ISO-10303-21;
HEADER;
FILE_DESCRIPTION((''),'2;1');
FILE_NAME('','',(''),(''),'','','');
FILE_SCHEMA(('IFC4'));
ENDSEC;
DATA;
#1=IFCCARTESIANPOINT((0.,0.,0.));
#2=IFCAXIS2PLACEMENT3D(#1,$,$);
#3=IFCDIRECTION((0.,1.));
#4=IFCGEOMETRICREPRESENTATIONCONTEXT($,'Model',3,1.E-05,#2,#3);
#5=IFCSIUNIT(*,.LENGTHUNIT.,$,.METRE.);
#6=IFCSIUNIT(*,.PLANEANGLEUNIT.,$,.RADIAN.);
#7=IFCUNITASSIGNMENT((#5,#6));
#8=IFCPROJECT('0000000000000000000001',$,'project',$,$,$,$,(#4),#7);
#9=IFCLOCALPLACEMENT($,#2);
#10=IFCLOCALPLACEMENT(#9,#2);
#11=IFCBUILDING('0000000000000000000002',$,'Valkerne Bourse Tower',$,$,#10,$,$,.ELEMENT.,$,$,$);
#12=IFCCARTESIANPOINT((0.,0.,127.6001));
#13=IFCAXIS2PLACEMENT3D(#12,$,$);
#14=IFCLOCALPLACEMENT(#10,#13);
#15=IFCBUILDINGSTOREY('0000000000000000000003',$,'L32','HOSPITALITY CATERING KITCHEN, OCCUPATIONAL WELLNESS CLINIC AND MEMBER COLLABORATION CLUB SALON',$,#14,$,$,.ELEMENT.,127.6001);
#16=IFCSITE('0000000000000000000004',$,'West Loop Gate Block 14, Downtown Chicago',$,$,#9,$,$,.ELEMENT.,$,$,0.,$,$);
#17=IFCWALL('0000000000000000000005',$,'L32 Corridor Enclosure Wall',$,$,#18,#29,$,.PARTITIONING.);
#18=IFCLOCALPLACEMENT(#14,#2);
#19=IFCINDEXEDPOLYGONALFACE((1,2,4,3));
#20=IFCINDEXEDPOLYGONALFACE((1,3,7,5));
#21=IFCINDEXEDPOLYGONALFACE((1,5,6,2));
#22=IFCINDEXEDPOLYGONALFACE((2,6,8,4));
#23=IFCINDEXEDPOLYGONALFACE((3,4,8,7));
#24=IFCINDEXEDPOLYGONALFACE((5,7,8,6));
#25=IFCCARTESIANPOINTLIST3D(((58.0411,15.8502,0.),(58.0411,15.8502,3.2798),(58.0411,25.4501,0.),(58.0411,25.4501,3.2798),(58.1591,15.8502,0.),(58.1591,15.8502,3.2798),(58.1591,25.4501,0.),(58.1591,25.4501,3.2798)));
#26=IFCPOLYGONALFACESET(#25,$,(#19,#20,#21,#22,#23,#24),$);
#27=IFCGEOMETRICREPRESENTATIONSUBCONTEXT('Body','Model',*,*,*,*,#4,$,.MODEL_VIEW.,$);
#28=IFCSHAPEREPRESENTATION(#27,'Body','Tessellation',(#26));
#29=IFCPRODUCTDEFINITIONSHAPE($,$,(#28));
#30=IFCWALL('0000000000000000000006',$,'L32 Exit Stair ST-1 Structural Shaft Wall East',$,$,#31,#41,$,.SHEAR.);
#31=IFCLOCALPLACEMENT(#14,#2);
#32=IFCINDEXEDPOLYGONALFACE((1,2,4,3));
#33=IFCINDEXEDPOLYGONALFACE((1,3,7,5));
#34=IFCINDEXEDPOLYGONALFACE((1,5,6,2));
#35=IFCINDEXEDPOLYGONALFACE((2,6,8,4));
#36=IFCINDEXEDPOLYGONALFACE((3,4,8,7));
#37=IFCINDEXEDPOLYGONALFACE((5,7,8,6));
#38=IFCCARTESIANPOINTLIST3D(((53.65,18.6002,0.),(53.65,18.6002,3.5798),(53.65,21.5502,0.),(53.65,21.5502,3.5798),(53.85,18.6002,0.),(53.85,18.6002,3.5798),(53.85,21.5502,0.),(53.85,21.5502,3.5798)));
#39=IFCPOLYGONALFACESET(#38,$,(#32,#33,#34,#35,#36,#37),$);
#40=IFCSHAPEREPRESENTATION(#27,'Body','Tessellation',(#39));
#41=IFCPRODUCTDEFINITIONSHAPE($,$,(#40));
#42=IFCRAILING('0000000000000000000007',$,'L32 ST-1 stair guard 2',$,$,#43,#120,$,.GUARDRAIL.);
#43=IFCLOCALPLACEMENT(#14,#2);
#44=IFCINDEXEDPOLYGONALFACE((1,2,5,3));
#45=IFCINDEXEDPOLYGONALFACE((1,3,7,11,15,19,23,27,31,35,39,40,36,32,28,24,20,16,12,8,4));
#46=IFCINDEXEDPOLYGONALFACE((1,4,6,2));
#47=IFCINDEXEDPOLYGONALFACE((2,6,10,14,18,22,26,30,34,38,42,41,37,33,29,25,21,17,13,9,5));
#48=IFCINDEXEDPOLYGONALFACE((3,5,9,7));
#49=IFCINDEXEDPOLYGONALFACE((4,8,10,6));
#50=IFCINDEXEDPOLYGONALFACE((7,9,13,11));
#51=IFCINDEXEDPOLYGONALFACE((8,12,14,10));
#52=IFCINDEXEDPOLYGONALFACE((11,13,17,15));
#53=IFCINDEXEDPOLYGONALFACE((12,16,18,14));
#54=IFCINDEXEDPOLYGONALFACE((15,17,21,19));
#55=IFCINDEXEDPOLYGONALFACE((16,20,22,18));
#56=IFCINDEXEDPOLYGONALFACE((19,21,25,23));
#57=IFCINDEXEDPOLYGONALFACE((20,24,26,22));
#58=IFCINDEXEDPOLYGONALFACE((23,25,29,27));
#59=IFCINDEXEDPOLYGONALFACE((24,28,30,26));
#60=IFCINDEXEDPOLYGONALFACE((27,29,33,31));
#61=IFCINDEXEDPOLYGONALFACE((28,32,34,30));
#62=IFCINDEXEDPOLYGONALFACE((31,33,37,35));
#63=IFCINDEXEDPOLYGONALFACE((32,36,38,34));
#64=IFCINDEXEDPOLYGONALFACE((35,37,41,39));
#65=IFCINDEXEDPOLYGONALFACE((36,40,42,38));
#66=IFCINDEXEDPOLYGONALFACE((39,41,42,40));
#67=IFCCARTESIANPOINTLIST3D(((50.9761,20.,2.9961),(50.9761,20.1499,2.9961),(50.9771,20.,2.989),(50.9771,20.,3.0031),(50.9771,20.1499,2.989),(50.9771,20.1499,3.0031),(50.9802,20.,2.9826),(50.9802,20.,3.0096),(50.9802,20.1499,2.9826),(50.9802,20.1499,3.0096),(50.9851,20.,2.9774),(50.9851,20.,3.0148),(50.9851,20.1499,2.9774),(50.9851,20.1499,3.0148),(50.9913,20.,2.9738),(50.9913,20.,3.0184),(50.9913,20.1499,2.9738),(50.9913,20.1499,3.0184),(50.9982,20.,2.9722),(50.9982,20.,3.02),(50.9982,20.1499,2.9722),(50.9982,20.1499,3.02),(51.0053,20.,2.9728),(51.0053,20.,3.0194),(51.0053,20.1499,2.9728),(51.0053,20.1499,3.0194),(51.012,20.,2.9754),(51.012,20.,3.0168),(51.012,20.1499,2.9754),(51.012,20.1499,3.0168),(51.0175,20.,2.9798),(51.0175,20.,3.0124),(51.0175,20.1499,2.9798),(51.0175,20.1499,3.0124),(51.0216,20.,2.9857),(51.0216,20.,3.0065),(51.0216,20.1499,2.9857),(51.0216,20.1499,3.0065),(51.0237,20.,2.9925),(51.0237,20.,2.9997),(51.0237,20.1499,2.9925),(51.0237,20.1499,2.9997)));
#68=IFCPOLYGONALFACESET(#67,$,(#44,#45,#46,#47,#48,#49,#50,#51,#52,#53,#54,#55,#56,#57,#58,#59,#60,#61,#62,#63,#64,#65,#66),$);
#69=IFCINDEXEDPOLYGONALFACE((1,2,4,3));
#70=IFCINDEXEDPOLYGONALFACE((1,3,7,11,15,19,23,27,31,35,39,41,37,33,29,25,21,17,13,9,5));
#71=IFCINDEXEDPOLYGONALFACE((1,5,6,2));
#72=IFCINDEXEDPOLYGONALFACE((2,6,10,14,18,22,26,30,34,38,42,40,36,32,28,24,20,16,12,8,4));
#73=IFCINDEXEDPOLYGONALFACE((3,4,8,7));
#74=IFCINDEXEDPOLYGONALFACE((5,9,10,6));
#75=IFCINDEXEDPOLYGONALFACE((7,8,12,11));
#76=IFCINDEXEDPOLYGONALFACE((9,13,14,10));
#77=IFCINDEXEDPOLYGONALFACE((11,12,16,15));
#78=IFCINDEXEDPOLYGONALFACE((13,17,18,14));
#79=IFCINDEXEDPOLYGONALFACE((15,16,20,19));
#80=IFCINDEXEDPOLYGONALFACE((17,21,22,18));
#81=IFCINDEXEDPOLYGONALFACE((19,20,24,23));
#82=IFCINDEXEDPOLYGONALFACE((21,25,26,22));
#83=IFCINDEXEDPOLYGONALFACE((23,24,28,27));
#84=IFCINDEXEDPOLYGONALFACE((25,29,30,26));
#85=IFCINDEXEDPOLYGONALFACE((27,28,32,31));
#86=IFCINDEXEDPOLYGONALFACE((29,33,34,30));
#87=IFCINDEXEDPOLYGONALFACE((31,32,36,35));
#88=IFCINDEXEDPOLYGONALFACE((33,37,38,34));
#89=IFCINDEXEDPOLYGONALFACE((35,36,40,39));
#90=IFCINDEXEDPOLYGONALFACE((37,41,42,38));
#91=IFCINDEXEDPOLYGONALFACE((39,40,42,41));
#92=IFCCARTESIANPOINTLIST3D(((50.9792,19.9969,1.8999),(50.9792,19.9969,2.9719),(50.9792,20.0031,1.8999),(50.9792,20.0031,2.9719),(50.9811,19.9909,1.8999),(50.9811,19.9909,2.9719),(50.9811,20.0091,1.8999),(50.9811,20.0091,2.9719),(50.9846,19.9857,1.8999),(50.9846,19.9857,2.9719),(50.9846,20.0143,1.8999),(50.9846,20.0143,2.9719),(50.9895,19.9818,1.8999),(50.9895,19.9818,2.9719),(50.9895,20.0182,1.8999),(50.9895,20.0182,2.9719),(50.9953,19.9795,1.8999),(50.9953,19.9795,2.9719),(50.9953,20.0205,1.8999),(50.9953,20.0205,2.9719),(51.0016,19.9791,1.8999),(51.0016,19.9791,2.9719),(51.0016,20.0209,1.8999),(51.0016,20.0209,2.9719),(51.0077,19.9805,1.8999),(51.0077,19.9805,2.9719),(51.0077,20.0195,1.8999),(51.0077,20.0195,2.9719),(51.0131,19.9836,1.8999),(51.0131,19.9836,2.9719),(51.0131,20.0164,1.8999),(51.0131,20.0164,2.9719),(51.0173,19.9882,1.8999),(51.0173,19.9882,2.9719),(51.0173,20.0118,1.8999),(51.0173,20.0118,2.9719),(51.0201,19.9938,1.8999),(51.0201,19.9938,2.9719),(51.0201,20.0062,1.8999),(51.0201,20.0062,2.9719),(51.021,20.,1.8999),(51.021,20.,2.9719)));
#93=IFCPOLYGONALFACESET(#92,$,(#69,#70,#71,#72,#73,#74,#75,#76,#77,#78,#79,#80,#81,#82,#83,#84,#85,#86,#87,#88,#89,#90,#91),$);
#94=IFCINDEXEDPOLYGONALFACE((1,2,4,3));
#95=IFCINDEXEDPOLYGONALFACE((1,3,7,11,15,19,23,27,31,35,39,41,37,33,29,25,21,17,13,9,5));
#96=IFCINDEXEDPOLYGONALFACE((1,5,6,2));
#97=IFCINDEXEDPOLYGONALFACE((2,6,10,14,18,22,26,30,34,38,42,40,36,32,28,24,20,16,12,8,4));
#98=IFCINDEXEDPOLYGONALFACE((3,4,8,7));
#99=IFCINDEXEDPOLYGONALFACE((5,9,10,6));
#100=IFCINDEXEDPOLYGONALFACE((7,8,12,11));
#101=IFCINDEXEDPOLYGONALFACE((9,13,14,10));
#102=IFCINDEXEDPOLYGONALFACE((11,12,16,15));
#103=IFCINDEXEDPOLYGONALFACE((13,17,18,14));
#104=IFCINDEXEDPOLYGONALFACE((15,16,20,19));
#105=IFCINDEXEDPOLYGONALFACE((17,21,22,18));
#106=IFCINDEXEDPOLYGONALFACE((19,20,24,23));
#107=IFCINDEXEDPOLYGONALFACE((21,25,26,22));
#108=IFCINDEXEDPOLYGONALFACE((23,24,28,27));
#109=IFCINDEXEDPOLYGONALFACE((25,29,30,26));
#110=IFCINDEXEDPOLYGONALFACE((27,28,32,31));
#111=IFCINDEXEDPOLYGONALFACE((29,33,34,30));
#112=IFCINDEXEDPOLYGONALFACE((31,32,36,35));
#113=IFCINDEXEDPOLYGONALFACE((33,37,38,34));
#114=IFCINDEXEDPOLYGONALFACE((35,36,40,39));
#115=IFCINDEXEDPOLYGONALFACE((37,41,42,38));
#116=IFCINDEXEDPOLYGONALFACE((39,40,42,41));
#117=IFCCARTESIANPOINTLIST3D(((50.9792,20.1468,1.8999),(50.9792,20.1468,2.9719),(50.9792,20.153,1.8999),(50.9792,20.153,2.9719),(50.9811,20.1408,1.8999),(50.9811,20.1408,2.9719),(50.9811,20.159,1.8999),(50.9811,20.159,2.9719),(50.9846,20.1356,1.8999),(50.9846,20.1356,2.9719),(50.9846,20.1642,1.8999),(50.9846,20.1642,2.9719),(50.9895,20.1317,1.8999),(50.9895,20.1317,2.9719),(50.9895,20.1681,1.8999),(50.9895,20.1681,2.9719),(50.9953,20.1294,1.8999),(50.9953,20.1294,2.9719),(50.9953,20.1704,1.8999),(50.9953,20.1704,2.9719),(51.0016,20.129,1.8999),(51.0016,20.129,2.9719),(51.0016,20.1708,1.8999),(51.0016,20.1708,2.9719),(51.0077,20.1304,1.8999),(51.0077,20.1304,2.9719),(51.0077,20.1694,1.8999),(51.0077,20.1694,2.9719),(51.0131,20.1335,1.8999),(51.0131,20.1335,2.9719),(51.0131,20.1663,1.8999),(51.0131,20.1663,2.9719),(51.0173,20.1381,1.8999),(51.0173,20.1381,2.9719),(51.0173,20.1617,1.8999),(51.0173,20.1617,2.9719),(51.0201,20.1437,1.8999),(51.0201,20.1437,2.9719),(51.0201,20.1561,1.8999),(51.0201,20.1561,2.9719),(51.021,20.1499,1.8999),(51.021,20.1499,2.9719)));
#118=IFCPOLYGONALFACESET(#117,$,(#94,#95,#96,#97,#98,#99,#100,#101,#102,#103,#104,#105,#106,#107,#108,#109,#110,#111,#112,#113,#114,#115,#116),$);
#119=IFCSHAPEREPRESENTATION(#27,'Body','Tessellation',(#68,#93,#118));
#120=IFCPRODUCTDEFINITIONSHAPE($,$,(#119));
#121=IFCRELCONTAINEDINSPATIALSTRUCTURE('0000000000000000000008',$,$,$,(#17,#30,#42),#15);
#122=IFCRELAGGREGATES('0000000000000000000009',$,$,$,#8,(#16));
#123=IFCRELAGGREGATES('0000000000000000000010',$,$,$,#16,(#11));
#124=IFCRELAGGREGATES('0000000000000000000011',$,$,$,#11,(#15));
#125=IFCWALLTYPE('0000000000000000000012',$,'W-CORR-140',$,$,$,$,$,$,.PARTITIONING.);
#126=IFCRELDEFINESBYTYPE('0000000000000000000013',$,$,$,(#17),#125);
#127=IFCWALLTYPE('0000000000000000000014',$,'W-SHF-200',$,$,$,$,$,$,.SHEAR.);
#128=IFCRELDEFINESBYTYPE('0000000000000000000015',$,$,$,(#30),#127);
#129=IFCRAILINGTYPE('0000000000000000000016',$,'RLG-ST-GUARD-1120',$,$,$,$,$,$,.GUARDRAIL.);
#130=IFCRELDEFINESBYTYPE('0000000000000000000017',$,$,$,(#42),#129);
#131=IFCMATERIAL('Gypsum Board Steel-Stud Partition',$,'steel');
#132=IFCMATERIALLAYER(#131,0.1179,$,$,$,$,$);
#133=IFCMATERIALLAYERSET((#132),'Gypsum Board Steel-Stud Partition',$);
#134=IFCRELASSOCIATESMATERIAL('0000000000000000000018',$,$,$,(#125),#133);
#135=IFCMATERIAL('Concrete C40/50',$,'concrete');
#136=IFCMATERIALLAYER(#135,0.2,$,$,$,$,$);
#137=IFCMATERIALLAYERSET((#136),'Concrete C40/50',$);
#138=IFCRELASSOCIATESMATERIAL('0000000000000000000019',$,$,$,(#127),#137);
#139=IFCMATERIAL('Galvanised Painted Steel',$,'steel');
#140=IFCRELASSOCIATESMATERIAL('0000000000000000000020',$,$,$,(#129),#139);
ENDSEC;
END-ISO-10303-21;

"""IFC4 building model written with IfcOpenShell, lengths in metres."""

from ifc_helpers import new_model, si_unit, direction, frame, frame_2d, origin, origin_2d, place, context, subcontext, project, spatial, rectangle, circle, extrude, material, layer, layer_set, type_object, element, save


model = new_model("IFC4")

# Units and contexts
model_context = context("Model", 3, precision=1e-05, world=origin(), true_north=direction((0.0, 1.0)))
body_context = subcontext(model_context, "Body", "Model", "MODEL_VIEW")
ifc_project = project(units=[si_unit("LENGTHUNIT", "METRE"), si_unit("PLANEANGLEUNIT", "RADIAN")], contexts=[model_context])

# Site, building, storey
site_placement = place(None, origin())
site = spatial("IfcSite", under=ifc_project, at=site_placement, Name="West Loop Gate Block 14, Downtown Chicago", CompositionType="ELEMENT", RefElevation=0.0)
building_placement = place(site_placement, origin())
building = spatial("IfcBuilding", under=site, at=building_placement, Name="Valkerne Bourse Tower", CompositionType="ELEMENT")
storey_placement = place(building_placement, frame((0.0, 0.0, 127.6001)))
storey = spatial("IfcBuildingStorey", under=building, at=storey_placement, Name="L32", Description="HOSPITALITY CATERING KITCHEN, OCCUPATIONAL WELLNESS CLINIC AND MEMBER COLLABORATION CLUB SALON", CompositionType="ELEMENT", Elevation=127.6001)

# Shared definitions
ifc_material_1 = material(Name="Galvanised Painted Steel", Category="steel")
ifc_material_2 = material(Name="Gypsum Board Steel-Stud Partition", Category="steel")
ifc_layer_1 = layer(ifc_material_2, 0.1179)
ifc_layer_set_1 = layer_set([ifc_layer_1], Name="Gypsum Board Steel-Stud Partition")
wall_type_1 = type_object("IfcWallType", Name="W-CORR-140", PredefinedType="PARTITIONING", material=ifc_layer_set_1)

# Wall
wall_1_placement = place(storey_placement, frame((58.1001, 25.45, 0.0), z_axis=(0.0, 0.0, 1.0), x_axis=(0.0, -1.0, 0.0)))
element("IfcWall", 1, at=wall_1_placement, inside=storey, type_object=wall_type_1, Name="L32 Corridor Enclosure Wall", PredefinedType="PARTITIONING", context=body_context, shape_type="SweptSolid", body=[
    extrude(rectangle(XDim=9.5999, YDim=0.1179, at=frame_2d((4.7998, 0.0))), origin(), (0.0, 0.0, 1.0), 3.2798),
])

# Wall
ifc_material_3 = material(Name="Concrete C40/50", Category="concrete")
ifc_layer_2 = layer(ifc_material_3, 0.2)
ifc_layer_set_2 = layer_set([ifc_layer_2], Name="Concrete C40/50")
wall_type_2 = type_object("IfcWallType", Name="W-SHF-200", PredefinedType="SHEAR", material=ifc_layer_set_2)
wall_2_placement = place(storey_placement, frame((53.75, 18.6001, 0.0), z_axis=(0.0, 0.0, 1.0), x_axis=(0.0, 1.0, 0.0)))
element("IfcWall", 2, at=wall_2_placement, inside=storey, type_object=wall_type_2, Name="L32 Exit Stair ST-1 Structural Shaft Wall East", PredefinedType="SHEAR", context=body_context, shape_type="SweptSolid", body=[
    extrude(rectangle(XDim=2.95, YDim=0.2, at=frame_2d((1.4751, 0.0))), origin(), (0.0, 0.0, 1.0), 3.5798),
])

# Railing
railing_type_1 = type_object("IfcRailingType", Name="RLG-ST-GUARD-1120", PredefinedType="GUARDRAIL", material=ifc_material_1)
railing_1_placement = place(storey_placement, frame((51.0, 20.0, 1.8999)))
element("IfcRailing", 3, at=railing_1_placement, inside=storey, type_object=railing_type_1, Name="L32 ST-1 stair guard 2", PredefinedType="GUARDRAIL", context=body_context, shape_type="SweptSolid", body=[
    extrude(circle(Radius=0.0239, at=origin_2d()), frame((0.0, 0.0, 1.0962), z_axis=(0.0, 1.0, 0.0), x_axis=(-1.0, 0.0, 0.0)), (0.0, 0.0, 1.0), 0.1499),
    extrude(circle(Radius=0.021, at=origin_2d()), origin(), (0.0, 0.0, 1.0), 1.072),
    extrude(circle(Radius=0.021, at=origin_2d()), frame((0.0, 0.1499, 0.0)), (0.0, 0.0, 1.0), 1.072),
])

save(model, "model.ifc")
